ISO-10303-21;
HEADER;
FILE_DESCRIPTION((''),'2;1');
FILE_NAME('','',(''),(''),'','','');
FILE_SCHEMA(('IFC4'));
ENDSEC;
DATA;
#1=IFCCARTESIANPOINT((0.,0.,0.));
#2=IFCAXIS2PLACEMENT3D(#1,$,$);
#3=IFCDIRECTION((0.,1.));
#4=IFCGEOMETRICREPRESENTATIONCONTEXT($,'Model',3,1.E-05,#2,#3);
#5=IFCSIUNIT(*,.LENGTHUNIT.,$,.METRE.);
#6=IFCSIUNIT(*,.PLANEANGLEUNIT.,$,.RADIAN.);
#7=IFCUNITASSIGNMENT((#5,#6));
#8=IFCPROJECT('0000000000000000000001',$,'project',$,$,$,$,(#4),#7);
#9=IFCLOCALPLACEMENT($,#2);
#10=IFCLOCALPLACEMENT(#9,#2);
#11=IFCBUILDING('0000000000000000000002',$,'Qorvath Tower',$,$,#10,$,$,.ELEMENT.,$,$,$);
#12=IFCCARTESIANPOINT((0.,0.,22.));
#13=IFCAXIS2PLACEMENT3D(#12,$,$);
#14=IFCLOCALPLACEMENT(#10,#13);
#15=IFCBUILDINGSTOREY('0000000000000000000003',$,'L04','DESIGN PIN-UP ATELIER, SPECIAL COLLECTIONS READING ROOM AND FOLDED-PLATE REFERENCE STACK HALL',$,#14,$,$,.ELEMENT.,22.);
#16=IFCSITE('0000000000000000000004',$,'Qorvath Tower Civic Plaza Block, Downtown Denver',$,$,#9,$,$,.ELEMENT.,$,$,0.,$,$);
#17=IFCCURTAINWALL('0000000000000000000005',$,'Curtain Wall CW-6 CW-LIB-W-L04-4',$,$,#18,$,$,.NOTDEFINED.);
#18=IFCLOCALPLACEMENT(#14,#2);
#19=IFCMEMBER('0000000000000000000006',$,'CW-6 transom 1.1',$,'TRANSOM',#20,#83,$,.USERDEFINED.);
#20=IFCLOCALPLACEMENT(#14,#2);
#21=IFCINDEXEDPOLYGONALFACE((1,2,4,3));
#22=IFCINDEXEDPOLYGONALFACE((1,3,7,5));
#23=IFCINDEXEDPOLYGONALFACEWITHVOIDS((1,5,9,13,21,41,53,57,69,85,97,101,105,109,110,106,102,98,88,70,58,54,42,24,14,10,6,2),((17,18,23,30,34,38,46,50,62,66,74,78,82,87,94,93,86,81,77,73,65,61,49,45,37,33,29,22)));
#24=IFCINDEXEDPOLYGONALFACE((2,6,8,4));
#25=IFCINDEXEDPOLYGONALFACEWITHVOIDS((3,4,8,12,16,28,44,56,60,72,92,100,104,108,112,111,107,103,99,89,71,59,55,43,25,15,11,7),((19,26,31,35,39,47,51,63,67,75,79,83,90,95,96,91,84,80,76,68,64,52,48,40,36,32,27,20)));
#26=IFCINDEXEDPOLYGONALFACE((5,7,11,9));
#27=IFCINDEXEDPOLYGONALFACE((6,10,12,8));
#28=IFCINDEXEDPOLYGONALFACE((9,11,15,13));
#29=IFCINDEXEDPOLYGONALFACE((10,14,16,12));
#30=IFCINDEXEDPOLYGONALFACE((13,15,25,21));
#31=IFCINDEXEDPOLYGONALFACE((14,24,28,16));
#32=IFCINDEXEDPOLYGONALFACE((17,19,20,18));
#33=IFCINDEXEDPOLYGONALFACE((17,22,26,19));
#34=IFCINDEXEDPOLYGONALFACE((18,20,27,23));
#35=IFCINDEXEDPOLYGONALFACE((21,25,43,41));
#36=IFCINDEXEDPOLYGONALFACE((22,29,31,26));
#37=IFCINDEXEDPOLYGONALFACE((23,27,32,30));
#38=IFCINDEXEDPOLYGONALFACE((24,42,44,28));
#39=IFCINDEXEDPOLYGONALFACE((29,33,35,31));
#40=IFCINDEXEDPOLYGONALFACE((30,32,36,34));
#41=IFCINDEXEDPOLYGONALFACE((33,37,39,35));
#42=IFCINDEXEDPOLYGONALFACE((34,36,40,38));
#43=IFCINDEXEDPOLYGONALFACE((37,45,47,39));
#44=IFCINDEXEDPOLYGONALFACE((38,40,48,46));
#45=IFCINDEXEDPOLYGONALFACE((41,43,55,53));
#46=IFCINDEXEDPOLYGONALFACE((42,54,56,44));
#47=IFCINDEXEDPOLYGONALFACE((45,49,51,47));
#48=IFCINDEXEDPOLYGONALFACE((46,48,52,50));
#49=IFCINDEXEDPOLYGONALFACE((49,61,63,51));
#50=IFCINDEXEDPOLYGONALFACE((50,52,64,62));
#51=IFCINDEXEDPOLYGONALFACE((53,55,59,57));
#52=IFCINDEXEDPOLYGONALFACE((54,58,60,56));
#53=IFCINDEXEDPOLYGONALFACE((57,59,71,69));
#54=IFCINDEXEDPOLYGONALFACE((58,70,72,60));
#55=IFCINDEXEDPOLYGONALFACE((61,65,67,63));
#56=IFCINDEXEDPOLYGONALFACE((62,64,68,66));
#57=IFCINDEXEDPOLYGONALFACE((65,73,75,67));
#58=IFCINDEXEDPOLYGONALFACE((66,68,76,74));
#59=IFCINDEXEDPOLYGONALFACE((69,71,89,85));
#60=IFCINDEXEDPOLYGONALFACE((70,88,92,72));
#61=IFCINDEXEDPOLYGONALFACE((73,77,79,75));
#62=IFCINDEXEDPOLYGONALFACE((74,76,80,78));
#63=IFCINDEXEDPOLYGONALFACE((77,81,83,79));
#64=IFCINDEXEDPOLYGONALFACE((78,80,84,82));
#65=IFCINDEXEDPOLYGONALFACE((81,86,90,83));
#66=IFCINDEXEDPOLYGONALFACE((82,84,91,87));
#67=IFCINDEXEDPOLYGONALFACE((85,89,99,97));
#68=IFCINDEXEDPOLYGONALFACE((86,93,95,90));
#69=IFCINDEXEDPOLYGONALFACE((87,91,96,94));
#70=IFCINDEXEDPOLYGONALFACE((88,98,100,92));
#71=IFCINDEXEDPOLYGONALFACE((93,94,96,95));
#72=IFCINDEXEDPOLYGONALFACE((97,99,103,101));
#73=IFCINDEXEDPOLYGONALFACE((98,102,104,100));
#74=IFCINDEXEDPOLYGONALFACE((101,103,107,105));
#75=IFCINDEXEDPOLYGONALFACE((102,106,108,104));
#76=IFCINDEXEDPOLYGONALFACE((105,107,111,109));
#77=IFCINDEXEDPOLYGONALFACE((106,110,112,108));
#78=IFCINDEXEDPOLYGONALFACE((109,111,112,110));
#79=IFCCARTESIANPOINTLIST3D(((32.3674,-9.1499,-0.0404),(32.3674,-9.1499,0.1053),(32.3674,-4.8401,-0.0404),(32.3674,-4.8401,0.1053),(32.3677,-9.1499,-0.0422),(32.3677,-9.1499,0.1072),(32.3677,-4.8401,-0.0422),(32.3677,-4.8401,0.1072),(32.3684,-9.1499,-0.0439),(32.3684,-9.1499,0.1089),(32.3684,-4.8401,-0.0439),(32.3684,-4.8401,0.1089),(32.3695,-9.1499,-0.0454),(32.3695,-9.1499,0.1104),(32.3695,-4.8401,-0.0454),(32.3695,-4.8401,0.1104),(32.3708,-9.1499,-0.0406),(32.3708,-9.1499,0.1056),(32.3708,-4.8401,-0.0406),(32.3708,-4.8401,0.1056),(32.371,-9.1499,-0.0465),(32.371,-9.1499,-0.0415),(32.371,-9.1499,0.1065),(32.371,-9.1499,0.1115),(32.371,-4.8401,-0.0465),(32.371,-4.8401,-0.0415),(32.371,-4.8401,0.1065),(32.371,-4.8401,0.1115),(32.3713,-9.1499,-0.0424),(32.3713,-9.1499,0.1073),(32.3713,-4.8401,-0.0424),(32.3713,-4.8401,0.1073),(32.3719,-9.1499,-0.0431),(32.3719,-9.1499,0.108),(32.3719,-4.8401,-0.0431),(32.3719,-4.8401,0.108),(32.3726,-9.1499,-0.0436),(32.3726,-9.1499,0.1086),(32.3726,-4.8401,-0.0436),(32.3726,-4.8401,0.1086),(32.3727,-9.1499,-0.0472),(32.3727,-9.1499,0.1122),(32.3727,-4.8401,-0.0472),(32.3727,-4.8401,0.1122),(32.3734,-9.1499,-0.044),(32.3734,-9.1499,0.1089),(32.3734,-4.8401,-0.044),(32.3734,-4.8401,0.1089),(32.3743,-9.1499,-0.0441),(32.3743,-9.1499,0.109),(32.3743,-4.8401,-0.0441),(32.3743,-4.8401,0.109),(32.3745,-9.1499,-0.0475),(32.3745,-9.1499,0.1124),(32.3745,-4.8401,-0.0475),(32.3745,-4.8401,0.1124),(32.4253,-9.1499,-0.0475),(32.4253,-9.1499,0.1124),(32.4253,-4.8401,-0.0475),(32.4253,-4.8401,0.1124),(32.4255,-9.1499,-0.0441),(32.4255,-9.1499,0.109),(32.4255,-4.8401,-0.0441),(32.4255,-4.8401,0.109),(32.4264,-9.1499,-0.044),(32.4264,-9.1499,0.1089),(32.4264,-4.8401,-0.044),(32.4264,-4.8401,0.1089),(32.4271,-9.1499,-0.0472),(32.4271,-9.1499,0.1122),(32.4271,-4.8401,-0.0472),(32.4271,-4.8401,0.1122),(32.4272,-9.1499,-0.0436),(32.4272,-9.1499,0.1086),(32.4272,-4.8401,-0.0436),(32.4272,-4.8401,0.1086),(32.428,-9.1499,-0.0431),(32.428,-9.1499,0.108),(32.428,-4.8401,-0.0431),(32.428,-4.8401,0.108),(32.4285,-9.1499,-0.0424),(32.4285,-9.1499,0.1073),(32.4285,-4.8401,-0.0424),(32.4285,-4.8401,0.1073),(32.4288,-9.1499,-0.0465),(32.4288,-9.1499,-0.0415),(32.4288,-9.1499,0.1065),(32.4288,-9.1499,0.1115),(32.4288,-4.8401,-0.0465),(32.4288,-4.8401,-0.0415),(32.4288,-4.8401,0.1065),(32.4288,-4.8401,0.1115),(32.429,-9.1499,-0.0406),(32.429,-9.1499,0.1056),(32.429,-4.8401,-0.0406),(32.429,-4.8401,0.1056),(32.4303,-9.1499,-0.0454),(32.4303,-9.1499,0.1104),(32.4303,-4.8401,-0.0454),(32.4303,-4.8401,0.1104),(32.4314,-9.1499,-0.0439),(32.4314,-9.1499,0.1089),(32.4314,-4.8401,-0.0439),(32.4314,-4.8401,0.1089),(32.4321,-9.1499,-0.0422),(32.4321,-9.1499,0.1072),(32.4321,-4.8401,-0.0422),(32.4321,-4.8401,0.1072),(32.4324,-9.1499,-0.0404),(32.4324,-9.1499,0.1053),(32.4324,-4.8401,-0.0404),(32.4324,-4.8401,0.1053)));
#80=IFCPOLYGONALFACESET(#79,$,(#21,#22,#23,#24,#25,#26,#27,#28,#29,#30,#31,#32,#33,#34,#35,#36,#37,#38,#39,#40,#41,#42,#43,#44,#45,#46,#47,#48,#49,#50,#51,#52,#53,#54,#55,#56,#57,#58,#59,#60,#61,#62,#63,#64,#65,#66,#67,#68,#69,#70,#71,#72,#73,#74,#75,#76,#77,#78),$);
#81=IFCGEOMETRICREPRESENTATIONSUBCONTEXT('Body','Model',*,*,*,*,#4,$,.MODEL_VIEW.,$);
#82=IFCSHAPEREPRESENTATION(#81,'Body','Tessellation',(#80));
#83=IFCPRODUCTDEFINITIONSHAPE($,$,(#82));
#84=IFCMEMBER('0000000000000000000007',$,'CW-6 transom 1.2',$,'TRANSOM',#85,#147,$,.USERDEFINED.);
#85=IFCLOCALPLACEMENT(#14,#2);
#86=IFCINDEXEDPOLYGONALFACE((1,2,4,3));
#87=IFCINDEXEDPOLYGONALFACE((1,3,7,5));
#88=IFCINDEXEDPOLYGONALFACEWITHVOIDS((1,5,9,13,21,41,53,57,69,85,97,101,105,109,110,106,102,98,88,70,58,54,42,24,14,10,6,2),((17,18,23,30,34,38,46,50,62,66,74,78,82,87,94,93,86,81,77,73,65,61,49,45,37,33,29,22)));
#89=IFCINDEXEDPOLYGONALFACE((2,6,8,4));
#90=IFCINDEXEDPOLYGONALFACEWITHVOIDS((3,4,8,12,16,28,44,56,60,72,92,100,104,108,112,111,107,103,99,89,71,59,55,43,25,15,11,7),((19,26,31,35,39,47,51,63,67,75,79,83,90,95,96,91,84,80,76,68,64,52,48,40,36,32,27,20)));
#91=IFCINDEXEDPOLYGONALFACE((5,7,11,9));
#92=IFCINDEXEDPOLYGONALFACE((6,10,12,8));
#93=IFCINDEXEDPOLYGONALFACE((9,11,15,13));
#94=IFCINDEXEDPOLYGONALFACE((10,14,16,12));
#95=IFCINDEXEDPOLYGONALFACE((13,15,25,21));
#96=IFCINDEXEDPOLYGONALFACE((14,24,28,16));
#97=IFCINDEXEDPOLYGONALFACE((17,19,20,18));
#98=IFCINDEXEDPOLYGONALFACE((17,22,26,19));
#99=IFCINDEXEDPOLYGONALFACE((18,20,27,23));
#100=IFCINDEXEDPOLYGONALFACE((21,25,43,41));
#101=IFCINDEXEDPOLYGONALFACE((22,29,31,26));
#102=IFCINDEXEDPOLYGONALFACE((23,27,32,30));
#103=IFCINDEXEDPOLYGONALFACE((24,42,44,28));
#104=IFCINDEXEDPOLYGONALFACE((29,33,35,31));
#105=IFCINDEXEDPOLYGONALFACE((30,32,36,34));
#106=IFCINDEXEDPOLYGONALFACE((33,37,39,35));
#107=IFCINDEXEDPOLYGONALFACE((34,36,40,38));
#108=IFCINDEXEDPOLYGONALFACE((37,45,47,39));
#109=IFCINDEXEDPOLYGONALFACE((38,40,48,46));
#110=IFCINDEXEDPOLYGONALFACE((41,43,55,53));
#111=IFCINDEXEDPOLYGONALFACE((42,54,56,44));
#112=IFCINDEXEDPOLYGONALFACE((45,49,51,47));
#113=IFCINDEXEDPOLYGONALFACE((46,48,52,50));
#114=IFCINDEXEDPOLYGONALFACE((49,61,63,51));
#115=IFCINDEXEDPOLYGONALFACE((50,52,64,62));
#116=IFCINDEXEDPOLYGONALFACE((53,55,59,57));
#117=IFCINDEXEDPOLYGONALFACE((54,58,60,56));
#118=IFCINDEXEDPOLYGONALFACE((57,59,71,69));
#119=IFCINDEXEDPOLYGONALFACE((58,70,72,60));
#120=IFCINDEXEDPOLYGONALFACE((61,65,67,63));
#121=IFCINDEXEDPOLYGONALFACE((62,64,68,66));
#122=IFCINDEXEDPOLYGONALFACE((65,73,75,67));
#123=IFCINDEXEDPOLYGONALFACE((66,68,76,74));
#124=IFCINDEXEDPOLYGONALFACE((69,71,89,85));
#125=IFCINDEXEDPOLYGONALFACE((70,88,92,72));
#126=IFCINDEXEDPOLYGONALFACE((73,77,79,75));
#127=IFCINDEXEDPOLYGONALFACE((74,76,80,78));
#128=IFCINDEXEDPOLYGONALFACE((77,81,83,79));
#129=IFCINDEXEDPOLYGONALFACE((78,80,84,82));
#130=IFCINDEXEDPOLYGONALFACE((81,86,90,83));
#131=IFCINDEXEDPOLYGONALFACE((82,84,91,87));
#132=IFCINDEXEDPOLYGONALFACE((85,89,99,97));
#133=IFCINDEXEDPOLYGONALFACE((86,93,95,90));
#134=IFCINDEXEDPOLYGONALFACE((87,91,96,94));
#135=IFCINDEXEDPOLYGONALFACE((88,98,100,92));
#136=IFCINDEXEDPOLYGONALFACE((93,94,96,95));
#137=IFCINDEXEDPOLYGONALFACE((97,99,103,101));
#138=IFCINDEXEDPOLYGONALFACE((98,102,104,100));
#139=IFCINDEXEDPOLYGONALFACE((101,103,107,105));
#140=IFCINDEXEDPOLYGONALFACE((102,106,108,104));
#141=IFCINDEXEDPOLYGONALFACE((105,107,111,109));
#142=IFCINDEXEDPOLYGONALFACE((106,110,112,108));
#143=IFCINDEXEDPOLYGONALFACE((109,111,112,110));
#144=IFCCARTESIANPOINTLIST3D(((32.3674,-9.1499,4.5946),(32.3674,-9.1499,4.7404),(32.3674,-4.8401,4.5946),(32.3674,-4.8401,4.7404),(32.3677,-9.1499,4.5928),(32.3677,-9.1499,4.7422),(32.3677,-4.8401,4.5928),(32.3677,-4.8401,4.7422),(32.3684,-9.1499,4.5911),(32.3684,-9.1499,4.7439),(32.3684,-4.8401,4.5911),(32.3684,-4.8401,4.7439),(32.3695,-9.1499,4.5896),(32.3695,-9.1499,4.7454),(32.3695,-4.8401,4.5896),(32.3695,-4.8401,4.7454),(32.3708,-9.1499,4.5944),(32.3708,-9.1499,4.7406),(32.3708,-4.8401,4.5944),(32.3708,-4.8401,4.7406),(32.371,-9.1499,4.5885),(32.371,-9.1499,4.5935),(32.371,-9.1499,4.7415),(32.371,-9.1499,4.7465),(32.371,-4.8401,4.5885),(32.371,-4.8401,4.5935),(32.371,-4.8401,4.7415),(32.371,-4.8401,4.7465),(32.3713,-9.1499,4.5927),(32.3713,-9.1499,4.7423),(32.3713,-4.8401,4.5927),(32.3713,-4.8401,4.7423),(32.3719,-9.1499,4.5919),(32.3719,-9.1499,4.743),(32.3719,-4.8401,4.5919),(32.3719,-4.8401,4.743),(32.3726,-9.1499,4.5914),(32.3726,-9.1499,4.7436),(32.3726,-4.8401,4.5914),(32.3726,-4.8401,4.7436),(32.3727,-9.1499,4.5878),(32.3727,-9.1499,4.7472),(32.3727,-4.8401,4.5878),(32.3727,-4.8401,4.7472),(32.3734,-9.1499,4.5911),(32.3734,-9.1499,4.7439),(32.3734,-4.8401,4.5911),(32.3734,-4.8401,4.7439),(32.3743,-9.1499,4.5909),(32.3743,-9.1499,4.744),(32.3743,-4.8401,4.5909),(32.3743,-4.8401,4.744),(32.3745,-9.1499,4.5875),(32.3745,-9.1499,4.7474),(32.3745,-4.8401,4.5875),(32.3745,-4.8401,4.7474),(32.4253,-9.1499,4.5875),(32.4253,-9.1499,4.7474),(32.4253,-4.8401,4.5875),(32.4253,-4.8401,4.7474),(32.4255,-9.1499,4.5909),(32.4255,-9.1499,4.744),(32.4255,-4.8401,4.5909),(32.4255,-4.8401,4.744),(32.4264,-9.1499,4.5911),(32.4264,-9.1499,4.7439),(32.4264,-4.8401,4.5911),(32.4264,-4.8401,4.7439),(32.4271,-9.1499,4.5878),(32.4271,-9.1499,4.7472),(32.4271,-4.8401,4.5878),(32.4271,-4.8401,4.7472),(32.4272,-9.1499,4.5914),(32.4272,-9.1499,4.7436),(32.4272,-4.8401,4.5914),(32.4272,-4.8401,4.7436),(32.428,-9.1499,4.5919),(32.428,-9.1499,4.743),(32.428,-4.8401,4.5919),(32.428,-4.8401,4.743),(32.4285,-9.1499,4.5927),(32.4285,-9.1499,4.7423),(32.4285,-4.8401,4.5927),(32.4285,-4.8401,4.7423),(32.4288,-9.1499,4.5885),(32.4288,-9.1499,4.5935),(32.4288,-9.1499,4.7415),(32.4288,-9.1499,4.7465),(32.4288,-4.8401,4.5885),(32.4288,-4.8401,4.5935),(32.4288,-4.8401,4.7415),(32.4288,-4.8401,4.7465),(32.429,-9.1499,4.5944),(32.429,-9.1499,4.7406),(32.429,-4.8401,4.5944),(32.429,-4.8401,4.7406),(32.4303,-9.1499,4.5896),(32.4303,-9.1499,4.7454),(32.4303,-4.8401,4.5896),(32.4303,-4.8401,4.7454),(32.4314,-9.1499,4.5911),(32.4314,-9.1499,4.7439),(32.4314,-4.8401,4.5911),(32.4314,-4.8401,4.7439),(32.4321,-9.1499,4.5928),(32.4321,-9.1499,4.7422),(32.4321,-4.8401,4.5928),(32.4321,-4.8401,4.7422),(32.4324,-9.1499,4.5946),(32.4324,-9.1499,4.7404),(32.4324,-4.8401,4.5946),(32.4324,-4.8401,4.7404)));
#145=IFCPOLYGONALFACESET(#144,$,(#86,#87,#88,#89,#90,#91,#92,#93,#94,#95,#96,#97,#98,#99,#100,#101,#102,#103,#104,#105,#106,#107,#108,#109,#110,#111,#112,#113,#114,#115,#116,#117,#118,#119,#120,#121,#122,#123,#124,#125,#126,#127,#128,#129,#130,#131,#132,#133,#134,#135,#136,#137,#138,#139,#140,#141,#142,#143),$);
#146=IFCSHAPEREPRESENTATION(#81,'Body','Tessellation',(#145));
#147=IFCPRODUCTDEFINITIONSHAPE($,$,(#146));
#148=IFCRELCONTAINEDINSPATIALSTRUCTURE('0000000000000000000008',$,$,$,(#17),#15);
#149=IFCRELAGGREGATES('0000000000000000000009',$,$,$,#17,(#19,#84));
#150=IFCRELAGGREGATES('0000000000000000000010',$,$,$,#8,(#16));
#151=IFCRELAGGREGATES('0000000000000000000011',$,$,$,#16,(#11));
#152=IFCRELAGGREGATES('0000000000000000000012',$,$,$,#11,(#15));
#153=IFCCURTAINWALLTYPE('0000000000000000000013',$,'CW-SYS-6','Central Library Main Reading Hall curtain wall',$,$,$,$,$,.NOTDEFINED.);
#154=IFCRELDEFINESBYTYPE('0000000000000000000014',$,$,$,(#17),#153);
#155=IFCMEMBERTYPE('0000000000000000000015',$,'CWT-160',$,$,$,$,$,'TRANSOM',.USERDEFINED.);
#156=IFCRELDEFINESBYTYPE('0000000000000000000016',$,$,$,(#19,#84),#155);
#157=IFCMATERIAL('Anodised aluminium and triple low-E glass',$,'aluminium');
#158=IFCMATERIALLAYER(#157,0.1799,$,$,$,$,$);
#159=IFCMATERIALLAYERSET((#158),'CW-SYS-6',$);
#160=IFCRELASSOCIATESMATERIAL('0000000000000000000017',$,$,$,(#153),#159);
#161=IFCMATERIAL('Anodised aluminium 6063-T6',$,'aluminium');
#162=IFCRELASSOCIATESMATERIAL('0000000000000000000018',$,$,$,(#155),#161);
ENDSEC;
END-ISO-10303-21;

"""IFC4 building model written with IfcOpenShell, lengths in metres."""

from ifc_helpers import new_model, si_unit, direction, frame, origin, origin_2d, place, context, subcontext, project, spatial, hollow_rectangle, extrude, material, layer, layer_set, material_profile, profile_set, type_object, element, aggregate, save


model = new_model("IFC4")

# Units and contexts
model_context = context("Model", 3, precision=1e-05, world=origin(), true_north=direction((0.0, 1.0)))
body_context = subcontext(model_context, "Body", "Model", "MODEL_VIEW")
ifc_project = project(units=[si_unit("LENGTHUNIT", "METRE"), si_unit("PLANEANGLEUNIT", "RADIAN")], contexts=[model_context])

# Site, building, storey
site_placement = place(None, origin())
site = spatial("IfcSite", under=ifc_project, at=site_placement, Name="Qorvath Tower Civic Plaza Block, Downtown Denver", CompositionType="ELEMENT", RefElevation=0.0)
building_placement = place(site_placement, origin())
building = spatial("IfcBuilding", under=site, at=building_placement, Name="Qorvath Tower", CompositionType="ELEMENT")
storey_placement = place(building_placement, frame((0.0, 0.0, 22.0)))
storey = spatial("IfcBuildingStorey", under=building, at=storey_placement, Name="L04", Description="DESIGN PIN-UP ATELIER, SPECIAL COLLECTIONS READING ROOM AND FOLDED-PLATE REFERENCE STACK HALL", CompositionType="ELEMENT", Elevation=22.0)

# Shared definitions
ifc_material_1 = material(Name="Anodised aluminium and triple low-E glass", Category="aluminium")
ifc_layer_1 = layer(ifc_material_1, 0.1799)
ifc_layer_set_1 = layer_set([ifc_layer_1], Name="CW-SYS-6")
curtain_wall_type = type_object("IfcCurtainWallType", Name="CW-SYS-6", Description="Central Library Main Reading Hall curtain wall", PredefinedType="NOTDEFINED", material=ifc_layer_set_1)

# Curtain wall
curtain_wall_1_placement = place(storey_placement, origin())
curtain_wall_1 = element("IfcCurtainWall", 1, at=curtain_wall_1_placement, inside=storey, type_object=curtain_wall_type, Name="Curtain Wall CW-6 CW-LIB-W-L04-4", PredefinedType="NOTDEFINED")

# Members
ifc_material_2 = material(Name="Anodised aluminium 6063-T6", Category="aluminium")
ifc_material_profile_1 = material_profile(ifc_material_2, hollow_rectangle(XDim=0.0649, YDim=0.1599, WallThickness=0.0034, InnerFilletRadius=0.0034, OuterFilletRadius=0.0071, at=origin_2d()), Name="CWT 160x65")
ifc_profile_set_1 = profile_set([ifc_material_profile_1], Name="Anodised aluminium 6063-T6")
member_type_1 = type_object("IfcMemberType", Name="CWT-160", ElementType="TRANSOM", PredefinedType="USERDEFINED", material=ifc_profile_set_1)
member_1_placement = place(storey_placement, frame((32.3999, -9.1499, 0.0325), z_axis=(0.0, 1.0, 0.0), x_axis=(-1.0, 0.0, 0.0)))
member_1 = element("IfcMember", 2, at=member_1_placement, type_object=member_type_1, Name="CW-6 transom 1.1", ObjectType="TRANSOM", PredefinedType="USERDEFINED", context=body_context, shape_type="SweptSolid", body=[
    extrude(hollow_rectangle(XDim=0.0649, YDim=0.1599, WallThickness=0.0034, InnerFilletRadius=0.0034, OuterFilletRadius=0.0071, at=origin_2d()), origin(), (0.0, 0.0, 1.0), 4.3098),
])
member_2_placement = place(storey_placement, frame((32.3999, -9.1499, 4.6675), z_axis=(0.0, 1.0, 0.0), x_axis=(-1.0, 0.0, 0.0)))
member_2 = element("IfcMember", 3, at=member_2_placement, type_object=member_type_1, Name="CW-6 transom 1.2", ObjectType="TRANSOM", PredefinedType="USERDEFINED", context=body_context, shape_type="SweptSolid", body=[
    extrude(hollow_rectangle(XDim=0.0649, YDim=0.1599, WallThickness=0.0034, InnerFilletRadius=0.0034, OuterFilletRadius=0.0071, at=origin_2d()), origin(), (0.0, 0.0, 1.0), 4.3098),
])

aggregate(curtain_wall_1, [member_1, member_2])

save(model, "model.ifc")
